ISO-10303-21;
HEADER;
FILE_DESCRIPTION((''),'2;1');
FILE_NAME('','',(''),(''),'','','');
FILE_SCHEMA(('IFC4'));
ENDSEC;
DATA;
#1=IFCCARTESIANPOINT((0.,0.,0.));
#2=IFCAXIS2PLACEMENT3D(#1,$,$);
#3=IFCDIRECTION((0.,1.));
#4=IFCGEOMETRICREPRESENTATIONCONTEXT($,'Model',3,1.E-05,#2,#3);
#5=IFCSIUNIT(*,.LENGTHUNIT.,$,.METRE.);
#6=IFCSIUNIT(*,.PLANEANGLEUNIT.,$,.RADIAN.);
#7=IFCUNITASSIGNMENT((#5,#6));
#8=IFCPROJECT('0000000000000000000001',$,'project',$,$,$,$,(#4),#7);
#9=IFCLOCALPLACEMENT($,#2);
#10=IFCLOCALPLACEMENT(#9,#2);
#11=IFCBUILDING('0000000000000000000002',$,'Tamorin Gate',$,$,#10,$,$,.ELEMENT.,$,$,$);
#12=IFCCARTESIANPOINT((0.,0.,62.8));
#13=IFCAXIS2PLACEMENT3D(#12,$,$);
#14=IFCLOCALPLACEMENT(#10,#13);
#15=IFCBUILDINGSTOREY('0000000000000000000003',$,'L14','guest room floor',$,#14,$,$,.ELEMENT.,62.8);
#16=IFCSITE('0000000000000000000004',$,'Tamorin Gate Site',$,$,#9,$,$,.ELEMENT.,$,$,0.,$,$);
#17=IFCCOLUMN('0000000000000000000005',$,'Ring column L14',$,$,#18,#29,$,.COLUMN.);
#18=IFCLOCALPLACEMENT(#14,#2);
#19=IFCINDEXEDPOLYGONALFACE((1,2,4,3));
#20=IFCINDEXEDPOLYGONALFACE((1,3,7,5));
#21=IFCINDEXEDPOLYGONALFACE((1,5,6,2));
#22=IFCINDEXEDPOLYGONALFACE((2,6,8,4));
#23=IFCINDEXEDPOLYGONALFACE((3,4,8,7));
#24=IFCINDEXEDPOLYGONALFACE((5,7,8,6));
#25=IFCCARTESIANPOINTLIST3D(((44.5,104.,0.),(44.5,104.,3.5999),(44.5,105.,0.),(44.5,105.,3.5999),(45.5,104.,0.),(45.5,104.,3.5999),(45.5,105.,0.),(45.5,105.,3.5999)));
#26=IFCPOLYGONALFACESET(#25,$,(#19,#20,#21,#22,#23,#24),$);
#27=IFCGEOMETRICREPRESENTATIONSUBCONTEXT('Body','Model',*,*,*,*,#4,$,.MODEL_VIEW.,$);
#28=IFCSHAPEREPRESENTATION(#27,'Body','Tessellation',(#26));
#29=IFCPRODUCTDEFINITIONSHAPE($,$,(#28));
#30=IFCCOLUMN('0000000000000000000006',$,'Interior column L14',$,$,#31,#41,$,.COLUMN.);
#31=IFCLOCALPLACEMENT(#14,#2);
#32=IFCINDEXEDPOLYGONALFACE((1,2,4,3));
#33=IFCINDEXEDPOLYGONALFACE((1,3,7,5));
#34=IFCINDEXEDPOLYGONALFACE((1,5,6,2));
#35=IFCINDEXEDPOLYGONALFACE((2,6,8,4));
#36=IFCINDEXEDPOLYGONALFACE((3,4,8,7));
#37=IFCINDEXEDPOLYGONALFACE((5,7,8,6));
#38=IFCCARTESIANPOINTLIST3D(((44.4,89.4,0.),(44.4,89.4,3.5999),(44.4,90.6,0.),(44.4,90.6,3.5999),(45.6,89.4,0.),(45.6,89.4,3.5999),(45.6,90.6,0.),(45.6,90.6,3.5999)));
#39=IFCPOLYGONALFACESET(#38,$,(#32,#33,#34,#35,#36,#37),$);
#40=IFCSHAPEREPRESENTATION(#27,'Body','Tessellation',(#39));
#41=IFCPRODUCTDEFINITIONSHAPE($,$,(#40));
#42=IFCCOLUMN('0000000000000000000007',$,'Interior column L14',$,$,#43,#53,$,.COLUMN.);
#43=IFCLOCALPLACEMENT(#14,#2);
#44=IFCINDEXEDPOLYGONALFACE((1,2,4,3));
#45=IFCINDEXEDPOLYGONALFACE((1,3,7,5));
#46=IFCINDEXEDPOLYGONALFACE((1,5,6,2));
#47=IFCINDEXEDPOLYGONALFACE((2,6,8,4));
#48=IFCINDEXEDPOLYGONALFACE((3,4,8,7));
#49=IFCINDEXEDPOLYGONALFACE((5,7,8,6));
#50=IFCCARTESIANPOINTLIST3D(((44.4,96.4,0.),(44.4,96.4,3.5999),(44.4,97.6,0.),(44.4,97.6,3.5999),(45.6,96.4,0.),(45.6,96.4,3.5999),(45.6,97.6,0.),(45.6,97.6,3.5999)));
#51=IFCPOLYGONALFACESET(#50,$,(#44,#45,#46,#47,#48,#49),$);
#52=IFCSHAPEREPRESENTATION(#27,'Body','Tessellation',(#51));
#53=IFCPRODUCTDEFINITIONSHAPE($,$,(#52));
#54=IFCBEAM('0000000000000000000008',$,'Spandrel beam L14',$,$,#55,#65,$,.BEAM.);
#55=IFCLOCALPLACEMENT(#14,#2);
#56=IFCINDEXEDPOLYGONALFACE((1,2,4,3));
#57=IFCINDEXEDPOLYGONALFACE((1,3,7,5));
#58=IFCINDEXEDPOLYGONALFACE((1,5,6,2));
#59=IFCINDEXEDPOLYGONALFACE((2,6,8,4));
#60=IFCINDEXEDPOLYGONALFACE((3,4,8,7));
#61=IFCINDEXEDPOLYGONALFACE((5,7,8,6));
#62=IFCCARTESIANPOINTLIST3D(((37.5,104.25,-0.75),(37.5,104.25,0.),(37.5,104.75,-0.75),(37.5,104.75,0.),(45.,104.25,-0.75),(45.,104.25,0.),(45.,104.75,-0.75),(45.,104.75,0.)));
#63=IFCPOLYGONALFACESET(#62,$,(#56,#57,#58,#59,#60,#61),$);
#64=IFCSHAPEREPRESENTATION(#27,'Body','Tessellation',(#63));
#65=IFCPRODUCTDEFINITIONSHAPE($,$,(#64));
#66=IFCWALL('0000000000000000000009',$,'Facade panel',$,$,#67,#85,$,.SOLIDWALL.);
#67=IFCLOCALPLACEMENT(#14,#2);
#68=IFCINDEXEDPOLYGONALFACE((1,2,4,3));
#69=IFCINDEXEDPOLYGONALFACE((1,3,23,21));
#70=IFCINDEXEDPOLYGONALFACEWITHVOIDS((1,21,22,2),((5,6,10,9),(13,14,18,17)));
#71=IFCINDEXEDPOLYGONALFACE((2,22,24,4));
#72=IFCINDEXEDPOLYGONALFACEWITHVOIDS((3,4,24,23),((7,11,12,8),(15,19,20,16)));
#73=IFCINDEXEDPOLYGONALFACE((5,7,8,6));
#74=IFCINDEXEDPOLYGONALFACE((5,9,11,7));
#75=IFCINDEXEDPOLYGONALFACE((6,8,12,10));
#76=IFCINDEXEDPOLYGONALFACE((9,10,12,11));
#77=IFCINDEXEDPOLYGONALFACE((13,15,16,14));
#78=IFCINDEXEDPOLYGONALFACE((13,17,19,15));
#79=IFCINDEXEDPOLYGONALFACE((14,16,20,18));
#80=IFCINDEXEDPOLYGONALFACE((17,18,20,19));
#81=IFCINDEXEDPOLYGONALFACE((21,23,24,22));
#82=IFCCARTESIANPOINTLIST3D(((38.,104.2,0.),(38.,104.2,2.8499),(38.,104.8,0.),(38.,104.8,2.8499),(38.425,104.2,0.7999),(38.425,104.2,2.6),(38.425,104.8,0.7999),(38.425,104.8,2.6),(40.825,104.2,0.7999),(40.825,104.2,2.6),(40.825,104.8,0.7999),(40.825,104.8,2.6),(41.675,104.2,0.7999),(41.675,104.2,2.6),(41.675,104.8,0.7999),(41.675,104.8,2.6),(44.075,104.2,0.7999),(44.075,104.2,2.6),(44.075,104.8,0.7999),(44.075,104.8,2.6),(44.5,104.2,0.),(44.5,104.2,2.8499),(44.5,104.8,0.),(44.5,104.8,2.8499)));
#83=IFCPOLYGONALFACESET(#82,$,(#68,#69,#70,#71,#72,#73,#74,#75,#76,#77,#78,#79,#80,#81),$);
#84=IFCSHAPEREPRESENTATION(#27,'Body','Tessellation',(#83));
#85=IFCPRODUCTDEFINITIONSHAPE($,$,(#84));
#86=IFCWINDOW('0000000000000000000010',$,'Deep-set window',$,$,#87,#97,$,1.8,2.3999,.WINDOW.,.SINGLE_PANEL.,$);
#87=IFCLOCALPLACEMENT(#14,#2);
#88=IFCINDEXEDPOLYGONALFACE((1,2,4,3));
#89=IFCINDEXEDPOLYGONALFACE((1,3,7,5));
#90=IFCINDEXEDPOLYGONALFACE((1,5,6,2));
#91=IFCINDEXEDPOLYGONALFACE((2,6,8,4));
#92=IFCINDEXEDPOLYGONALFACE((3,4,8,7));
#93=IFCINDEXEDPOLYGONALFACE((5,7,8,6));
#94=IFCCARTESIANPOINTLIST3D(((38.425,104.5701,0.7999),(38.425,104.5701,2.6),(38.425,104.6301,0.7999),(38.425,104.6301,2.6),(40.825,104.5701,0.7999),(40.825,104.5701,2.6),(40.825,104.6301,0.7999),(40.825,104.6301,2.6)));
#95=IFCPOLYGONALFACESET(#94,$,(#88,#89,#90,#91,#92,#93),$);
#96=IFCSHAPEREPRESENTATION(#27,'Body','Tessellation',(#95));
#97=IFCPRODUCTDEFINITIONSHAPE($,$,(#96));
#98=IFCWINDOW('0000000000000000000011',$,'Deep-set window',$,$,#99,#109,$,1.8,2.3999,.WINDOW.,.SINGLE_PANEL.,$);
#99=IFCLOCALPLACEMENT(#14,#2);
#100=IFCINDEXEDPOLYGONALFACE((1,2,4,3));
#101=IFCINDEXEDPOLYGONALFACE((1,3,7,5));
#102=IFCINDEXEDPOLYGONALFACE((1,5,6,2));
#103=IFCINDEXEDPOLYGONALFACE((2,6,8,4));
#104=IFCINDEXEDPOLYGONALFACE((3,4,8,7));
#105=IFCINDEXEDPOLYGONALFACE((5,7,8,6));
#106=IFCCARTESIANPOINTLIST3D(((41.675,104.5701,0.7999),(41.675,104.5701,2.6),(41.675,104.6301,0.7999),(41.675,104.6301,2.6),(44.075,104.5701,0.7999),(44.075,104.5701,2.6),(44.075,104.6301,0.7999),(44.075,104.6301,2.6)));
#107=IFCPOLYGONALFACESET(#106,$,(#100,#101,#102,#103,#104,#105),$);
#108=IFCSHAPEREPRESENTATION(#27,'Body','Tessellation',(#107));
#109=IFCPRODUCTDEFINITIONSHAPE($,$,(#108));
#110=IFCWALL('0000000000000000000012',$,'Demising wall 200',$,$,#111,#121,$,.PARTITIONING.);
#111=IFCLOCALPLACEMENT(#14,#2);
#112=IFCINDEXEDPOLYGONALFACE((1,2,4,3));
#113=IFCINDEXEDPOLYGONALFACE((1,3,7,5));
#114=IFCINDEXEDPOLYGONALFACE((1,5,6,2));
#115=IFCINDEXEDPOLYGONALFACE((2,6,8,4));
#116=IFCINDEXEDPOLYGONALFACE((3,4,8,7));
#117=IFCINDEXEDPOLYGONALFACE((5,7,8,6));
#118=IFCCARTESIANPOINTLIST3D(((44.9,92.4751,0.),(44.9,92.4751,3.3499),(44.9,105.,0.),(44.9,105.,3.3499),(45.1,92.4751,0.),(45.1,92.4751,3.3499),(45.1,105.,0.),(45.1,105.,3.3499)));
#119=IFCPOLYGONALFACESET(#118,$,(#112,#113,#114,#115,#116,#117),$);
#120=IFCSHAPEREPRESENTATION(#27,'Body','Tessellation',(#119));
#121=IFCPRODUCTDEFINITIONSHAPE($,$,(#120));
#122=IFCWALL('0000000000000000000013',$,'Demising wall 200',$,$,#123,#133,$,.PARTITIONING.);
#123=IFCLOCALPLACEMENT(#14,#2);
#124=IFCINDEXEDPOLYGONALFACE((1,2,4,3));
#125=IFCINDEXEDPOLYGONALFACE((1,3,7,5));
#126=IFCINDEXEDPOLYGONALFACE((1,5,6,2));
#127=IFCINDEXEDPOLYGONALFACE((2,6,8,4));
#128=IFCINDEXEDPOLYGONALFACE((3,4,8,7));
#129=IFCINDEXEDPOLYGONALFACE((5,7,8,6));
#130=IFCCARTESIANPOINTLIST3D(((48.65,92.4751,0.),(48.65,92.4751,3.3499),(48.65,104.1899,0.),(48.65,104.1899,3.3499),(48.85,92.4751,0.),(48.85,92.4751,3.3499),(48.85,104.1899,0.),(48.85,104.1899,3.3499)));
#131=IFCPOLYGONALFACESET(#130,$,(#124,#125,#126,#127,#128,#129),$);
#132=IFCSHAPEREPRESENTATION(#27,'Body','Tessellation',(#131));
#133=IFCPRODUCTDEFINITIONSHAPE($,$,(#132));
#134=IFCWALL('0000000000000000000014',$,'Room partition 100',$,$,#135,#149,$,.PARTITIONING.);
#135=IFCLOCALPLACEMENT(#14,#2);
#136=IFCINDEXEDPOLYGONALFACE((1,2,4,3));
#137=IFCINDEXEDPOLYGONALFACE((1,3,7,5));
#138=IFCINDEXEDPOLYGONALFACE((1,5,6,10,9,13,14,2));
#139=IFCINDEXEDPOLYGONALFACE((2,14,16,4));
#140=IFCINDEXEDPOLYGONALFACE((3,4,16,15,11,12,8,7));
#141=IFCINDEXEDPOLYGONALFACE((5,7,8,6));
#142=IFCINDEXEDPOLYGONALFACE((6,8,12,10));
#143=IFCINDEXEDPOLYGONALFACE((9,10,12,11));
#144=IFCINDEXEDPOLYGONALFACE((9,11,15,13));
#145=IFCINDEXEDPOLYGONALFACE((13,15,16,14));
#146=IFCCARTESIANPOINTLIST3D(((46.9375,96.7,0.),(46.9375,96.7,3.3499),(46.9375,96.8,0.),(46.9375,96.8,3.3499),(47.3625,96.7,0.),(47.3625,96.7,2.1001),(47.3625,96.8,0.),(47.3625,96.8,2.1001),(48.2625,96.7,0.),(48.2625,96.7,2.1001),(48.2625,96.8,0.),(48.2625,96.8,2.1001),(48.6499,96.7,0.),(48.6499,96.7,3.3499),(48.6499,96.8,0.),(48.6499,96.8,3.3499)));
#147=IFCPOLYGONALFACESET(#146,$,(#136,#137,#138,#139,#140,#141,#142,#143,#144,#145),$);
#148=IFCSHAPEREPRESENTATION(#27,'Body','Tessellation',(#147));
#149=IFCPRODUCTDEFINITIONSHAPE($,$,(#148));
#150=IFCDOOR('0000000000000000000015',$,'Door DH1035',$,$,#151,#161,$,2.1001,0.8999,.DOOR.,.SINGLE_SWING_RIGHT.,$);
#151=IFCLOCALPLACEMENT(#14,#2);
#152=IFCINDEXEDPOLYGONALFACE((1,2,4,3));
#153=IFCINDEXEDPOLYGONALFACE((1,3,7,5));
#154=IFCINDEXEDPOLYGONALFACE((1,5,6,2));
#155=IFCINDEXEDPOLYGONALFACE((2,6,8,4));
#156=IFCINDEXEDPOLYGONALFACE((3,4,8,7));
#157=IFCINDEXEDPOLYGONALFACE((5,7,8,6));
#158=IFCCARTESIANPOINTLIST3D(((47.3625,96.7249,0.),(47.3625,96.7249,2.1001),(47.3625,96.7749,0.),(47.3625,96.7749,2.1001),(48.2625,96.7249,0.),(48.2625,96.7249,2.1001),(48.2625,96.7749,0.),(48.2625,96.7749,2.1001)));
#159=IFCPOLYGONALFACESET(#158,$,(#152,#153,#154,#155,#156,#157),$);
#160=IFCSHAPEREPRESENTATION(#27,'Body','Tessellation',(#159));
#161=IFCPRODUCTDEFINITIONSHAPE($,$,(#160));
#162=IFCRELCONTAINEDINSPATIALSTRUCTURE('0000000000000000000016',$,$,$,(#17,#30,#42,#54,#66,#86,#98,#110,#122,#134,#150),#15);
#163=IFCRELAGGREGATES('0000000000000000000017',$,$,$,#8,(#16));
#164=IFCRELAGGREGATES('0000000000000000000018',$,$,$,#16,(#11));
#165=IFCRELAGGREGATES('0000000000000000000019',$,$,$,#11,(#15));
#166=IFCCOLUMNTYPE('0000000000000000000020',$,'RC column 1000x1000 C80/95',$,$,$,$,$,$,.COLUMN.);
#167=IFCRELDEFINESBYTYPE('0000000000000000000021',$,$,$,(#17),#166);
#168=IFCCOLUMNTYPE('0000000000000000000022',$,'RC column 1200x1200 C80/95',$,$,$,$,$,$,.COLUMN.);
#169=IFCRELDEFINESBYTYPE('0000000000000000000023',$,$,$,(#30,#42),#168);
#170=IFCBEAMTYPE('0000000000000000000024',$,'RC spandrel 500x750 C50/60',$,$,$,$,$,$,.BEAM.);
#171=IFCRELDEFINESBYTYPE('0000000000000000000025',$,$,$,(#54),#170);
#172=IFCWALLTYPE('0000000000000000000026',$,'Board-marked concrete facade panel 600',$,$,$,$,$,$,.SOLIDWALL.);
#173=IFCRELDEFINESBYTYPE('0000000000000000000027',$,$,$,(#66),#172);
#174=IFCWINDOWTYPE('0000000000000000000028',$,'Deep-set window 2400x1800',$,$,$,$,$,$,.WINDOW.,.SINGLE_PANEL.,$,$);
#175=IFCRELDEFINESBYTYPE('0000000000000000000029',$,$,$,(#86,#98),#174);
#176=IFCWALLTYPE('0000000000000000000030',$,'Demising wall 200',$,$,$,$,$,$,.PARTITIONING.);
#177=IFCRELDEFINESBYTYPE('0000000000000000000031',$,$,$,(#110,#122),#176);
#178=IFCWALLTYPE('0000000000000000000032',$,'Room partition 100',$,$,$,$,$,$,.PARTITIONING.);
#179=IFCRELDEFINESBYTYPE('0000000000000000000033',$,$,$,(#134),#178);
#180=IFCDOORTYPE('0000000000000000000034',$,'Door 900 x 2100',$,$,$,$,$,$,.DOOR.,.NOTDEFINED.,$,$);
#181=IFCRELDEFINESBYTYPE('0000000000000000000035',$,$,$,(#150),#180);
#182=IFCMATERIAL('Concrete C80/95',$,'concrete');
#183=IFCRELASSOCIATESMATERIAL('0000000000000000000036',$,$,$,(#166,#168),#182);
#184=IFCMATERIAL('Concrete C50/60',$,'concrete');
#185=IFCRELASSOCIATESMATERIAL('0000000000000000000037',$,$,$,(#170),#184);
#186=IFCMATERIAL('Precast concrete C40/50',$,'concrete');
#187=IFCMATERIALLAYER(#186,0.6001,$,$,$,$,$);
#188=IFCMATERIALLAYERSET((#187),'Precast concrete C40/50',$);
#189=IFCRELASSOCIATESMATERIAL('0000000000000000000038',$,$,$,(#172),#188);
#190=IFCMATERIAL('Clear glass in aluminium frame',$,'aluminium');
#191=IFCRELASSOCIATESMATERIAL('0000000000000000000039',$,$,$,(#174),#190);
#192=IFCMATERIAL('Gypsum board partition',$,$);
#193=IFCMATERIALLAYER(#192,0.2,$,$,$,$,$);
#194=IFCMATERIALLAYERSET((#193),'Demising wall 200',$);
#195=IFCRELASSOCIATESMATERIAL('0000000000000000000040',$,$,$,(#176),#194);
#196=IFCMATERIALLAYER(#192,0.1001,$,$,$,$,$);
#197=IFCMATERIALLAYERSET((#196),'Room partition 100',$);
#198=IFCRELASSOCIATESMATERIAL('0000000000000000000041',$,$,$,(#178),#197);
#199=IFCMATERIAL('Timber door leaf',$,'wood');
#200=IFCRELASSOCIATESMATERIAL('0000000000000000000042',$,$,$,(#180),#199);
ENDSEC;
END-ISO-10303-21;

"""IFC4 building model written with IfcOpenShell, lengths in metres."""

from ifc_helpers import new_model, si_unit, direction, frame, frame_2d, origin, origin_2d, place, context, subcontext, project, spatial, rectangle, extrude, material, layer, layer_set, material_profile, profile_set, type_object, element, fill, save


model = new_model("IFC4")

# Units and contexts
model_context = context("Model", 3, precision=1e-05, world=origin(), true_north=direction((0.0, 1.0)))
body_context = subcontext(model_context, "Body", "Model", "MODEL_VIEW")
ifc_project = project(units=[si_unit("LENGTHUNIT", "METRE"), si_unit("PLANEANGLEUNIT", "RADIAN")], contexts=[model_context])

# Site, building, storey
site_placement = place(None, origin())
site = spatial("IfcSite", under=ifc_project, at=site_placement, Name="Tamorin Gate Site", CompositionType="ELEMENT", RefElevation=0.0)
building_placement = place(site_placement, origin())
building = spatial("IfcBuilding", under=site, at=building_placement, Name="Tamorin Gate", CompositionType="ELEMENT")
storey_placement = place(building_placement, frame((0.0, 0.0, 62.8)))
storey = spatial("IfcBuildingStorey", under=building, at=storey_placement, Name="L14", Description="guest room floor", CompositionType="ELEMENT", Elevation=62.8)

# Columns
ifc_material_1 = material(Name="Concrete C80/95", Category="concrete")
ifc_material_profile_1 = material_profile(ifc_material_1, rectangle(XDim=1.0, YDim=1.0, at=origin_2d()), Name="RC 1000x1000")
ifc_profile_set_1 = profile_set([ifc_material_profile_1], Name="Concrete C80/95")
column_type_1 = type_object("IfcColumnType", Name="RC column 1000x1000 C80/95", PredefinedType="COLUMN", material=ifc_profile_set_1)
column_placement = place(storey_placement, frame((45.0, 104.5, 0.0), z_axis=(0.0, 0.0, 1.0), x_axis=(1.0, 0.0, 0.0)))
element("IfcColumn", 1, at=column_placement, inside=storey, type_object=column_type_1, Name="Ring column L14", PredefinedType="COLUMN", context=body_context, shape_type="SweptSolid", body=[
    extrude(rectangle(XDim=1.0, YDim=1.0, at=origin_2d()), origin(), (0.0, 0.0, 1.0), 3.5999),
])
ifc_material_profile_2 = material_profile(ifc_material_1, rectangle(XDim=1.2, YDim=1.2, at=origin_2d()), Name="RC 1200x1200")
ifc_profile_set_2 = profile_set([ifc_material_profile_2], Name="Concrete C80/95")
column_type_2 = type_object("IfcColumnType", Name="RC column 1200x1200 C80/95", PredefinedType="COLUMN", material=ifc_profile_set_2)
for number, where, z_axis, x_axis, name in (
    (2, (45.0, 90.0, 0.0), (0.0, 0.0, 1.0), (1.0, 0.0, 0.0), "Interior column L14"),
    (3, (45.0, 97.0, 0.0), (0.0, 0.0, 1.0), (1.0, 0.0, 0.0), "Interior column L14"),
):
    element("IfcColumn", number, at=place(storey_placement, frame(where, z_axis=z_axis, x_axis=x_axis)), inside=storey, type_object=column_type_2, Name=name, PredefinedType="COLUMN", context=body_context, shape_type="SweptSolid", body=[
        extrude(rectangle(XDim=1.2, YDim=1.2, at=origin_2d()), origin(), (0.0, 0.0, 1.0), 3.5999),
    ])

# Beam
ifc_material_2 = material(Name="Concrete C50/60", Category="concrete")
ifc_material_profile_3 = material_profile(ifc_material_2, rectangle(XDim=0.5, YDim=0.75, at=origin_2d()), Name="RC 500x750")
ifc_profile_set_3 = profile_set([ifc_material_profile_3], Name="Concrete C50/60")
beam_type = type_object("IfcBeamType", Name="RC spandrel 500x750 C50/60", PredefinedType="BEAM", material=ifc_profile_set_3)
beam_placement = place(storey_placement, frame((45.0, 104.5, -0.375), z_axis=(-1.0, 0.0, 0.0), x_axis=(0.0, -1.0, 0.0)))
element("IfcBeam", 4, at=beam_placement, inside=storey, type_object=beam_type, Name="Spandrel beam L14", PredefinedType="BEAM", context=body_context, shape_type="SweptSolid", body=[
    extrude(rectangle(XDim=0.5, YDim=0.75, at=origin_2d()), origin(), (0.0, 0.0, 1.0), 7.5),
])

# Wall, openings, windows
ifc_material_3 = material(Name="Precast concrete C40/50", Category="concrete")
ifc_layer_1 = layer(ifc_material_3, 0.6001)
ifc_layer_set_1 = layer_set([ifc_layer_1], Name="Precast concrete C40/50")
wall_type_1 = type_object("IfcWallType", Name="Board-marked concrete facade panel 600", PredefinedType="SOLIDWALL", material=ifc_layer_set_1)
wall_1_placement = place(storey_placement, frame((44.5, 104.5, 0.0), z_axis=(0.0, 0.0, 1.0), x_axis=(-1.0, 0.0, 0.0)))
wall_1 = element("IfcWall", 5, at=wall_1_placement, inside=storey, type_object=wall_type_1, Name="Facade panel", PredefinedType="SOLIDWALL", context=body_context, shape_type="SweptSolid", body=[
    extrude(rectangle(XDim=6.5, YDim=0.6001, at=frame_2d((3.25, 0.0))), origin(), (0.0, 0.0, 1.0), 2.8499),
])
opening_1_placement = place(wall_1_placement, frame((3.675, 0.0, 0.8)))
opening_1 = element("IfcOpeningElement", 6, at=opening_1_placement, cuts=wall_1, PredefinedType="OPENING", context=body_context, shape_type="SweptSolid", body=[
    extrude(rectangle(XDim=2.3999, YDim=1.8, at=frame_2d((1.2, 0.8999))), frame((0.0, 0.3101, 0.0), z_axis=(0.0, -1.0, 0.0), x_axis=(1.0, 0.0, 0.0)), (0.0, 0.0, 1.0), 0.6201),
])
opening_2_placement = place(wall_1_placement, frame((0.425, 0.0, 0.8)))
opening_2 = element("IfcOpeningElement", 7, at=opening_2_placement, cuts=wall_1, PredefinedType="OPENING", context=body_context, shape_type="SweptSolid", body=[
    extrude(rectangle(XDim=2.3999, YDim=1.8, at=frame_2d((1.2, 0.8999))), frame((0.0, 0.3101, 0.0), z_axis=(0.0, -1.0, 0.0), x_axis=(1.0, 0.0, 0.0)), (0.0, 0.0, 1.0), 0.6201),
])
ifc_material_4 = material(Name="Clear glass in aluminium frame", Category="aluminium")
window_type = type_object("IfcWindowType", Name="Deep-set window 2400x1800", PartitioningType="SINGLE_PANEL", PredefinedType="WINDOW", material=ifc_material_4)
window_1_placement = place(opening_1_placement, origin())
window_1 = element("IfcWindow", 8, at=window_1_placement, inside=storey, type_object=window_type, Name="Deep-set window", OverallHeight=1.8, OverallWidth=2.3999, PartitioningType="SINGLE_PANEL", PredefinedType="WINDOW", context=body_context, shape_type="SweptSolid", body=[
    extrude(rectangle(XDim=2.3999, YDim=1.8, at=frame_2d((1.2, 0.8999))), frame((0.0, -0.0701, 0.0), z_axis=(0.0, -1.0, 0.0), x_axis=(1.0, 0.0, 0.0)), (0.0, 0.0, 1.0), 0.0601),
])
fill(opening_1, window_1)
window_2_placement = place(opening_2_placement, origin())
window_2 = element("IfcWindow", 9, at=window_2_placement, inside=storey, type_object=window_type, Name="Deep-set window", OverallHeight=1.8, OverallWidth=2.3999, PartitioningType="SINGLE_PANEL", PredefinedType="WINDOW", context=body_context, shape_type="SweptSolid", body=[
    extrude(rectangle(XDim=2.3999, YDim=1.8, at=frame_2d((1.2, 0.8999))), frame((0.0, -0.0701, 0.0), z_axis=(0.0, -1.0, 0.0), x_axis=(1.0, 0.0, 0.0)), (0.0, 0.0, 1.0), 0.0601),
])
fill(opening_2, window_2)

# Walls
ifc_material_5 = material(Name="Gypsum board partition")
ifc_layer_2 = layer(ifc_material_5, 0.2)
ifc_layer_set_2 = layer_set([ifc_layer_2], Name="Demising wall 200")
wall_type_2 = type_object("IfcWallType", Name="Demising wall 200", PredefinedType="PARTITIONING", material=ifc_layer_set_2)
wall_2_placement = place(storey_placement, frame((45.0, 92.4751, 0.0), z_axis=(0.0, 0.0, 1.0), x_axis=(0.0, 1.0, 0.0)))
element("IfcWall", 10, at=wall_2_placement, inside=storey, type_object=wall_type_2, Name="Demising wall 200", PredefinedType="PARTITIONING", context=body_context, shape_type="SweptSolid", body=[
    extrude(rectangle(XDim=12.5249, YDim=0.2, at=frame_2d((6.2625, 0.0))), origin(), (0.0, 0.0, 1.0), 3.3499),
])
wall_3_placement = place(storey_placement, frame((48.75, 92.4751, 0.0), z_axis=(0.0, 0.0, 1.0), x_axis=(0.0, 1.0, 0.0)))
element("IfcWall", 11, at=wall_3_placement, inside=storey, type_object=wall_type_2, Name="Demising wall 200", PredefinedType="PARTITIONING", context=body_context, shape_type="SweptSolid", body=[
    extrude(rectangle(XDim=11.7148, YDim=0.2, at=frame_2d((5.8574, 0.0))), origin(), (0.0, 0.0, 1.0), 3.3499),
])

# Wall, opening, door
ifc_layer_3 = layer(ifc_material_5, 0.1001)
ifc_layer_set_3 = layer_set([ifc_layer_3], Name="Room partition 100")
wall_type_3 = type_object("IfcWallType", Name="Room partition 100", PredefinedType="PARTITIONING", material=ifc_layer_set_3)
wall_4_placement = place(storey_placement, frame((46.9375, 96.75, 0.0), z_axis=(0.0, 0.0, 1.0), x_axis=(1.0, 0.0, 0.0)))
wall_4 = element("IfcWall", 12, at=wall_4_placement, inside=storey, type_object=wall_type_3, Name="Room partition 100", PredefinedType="PARTITIONING", context=body_context, shape_type="SweptSolid", body=[
    extrude(rectangle(XDim=1.7124, YDim=0.1001, at=frame_2d((0.8562, 0.0))), origin(), (0.0, 0.0, 1.0), 3.3499),
])
opening_3_placement = place(wall_4_placement, frame((0.425, 0.0, 0.0)))
opening_3 = element("IfcOpeningElement", 13, at=opening_3_placement, cuts=wall_4, PredefinedType="OPENING", context=body_context, shape_type="SweptSolid", body=[
    extrude(rectangle(XDim=0.8999, YDim=2.1001, at=frame_2d((0.45, 1.05))), frame((0.0, 0.0601, 0.0), z_axis=(0.0, -1.0, 0.0), x_axis=(1.0, 0.0, 0.0)), (0.0, 0.0, 1.0), 0.1201),
])
ifc_material_6 = material(Name="Timber door leaf", Category="wood")
door_type = type_object("IfcDoorType", Name="Door 900 x 2100", OperationType="NOTDEFINED", PredefinedType="DOOR", material=ifc_material_6)
door_1_placement = place(opening_3_placement, origin())
door_1 = element("IfcDoor", 14, at=door_1_placement, inside=storey, type_object=door_type, Name="Door DH1035", OperationType="SINGLE_SWING_RIGHT", OverallHeight=2.1001, OverallWidth=0.8999, PredefinedType="DOOR", context=body_context, shape_type="SweptSolid", body=[
    extrude(rectangle(XDim=0.8999, YDim=2.1001, at=frame_2d((0.45, 1.05))), frame((0.0, 0.0249, 0.0), z_axis=(0.0, -1.0, 0.0), x_axis=(1.0, 0.0, 0.0)), (0.0, 0.0, 1.0), 0.05),
])
fill(opening_3, door_1)

save(model, "model.ifc")
